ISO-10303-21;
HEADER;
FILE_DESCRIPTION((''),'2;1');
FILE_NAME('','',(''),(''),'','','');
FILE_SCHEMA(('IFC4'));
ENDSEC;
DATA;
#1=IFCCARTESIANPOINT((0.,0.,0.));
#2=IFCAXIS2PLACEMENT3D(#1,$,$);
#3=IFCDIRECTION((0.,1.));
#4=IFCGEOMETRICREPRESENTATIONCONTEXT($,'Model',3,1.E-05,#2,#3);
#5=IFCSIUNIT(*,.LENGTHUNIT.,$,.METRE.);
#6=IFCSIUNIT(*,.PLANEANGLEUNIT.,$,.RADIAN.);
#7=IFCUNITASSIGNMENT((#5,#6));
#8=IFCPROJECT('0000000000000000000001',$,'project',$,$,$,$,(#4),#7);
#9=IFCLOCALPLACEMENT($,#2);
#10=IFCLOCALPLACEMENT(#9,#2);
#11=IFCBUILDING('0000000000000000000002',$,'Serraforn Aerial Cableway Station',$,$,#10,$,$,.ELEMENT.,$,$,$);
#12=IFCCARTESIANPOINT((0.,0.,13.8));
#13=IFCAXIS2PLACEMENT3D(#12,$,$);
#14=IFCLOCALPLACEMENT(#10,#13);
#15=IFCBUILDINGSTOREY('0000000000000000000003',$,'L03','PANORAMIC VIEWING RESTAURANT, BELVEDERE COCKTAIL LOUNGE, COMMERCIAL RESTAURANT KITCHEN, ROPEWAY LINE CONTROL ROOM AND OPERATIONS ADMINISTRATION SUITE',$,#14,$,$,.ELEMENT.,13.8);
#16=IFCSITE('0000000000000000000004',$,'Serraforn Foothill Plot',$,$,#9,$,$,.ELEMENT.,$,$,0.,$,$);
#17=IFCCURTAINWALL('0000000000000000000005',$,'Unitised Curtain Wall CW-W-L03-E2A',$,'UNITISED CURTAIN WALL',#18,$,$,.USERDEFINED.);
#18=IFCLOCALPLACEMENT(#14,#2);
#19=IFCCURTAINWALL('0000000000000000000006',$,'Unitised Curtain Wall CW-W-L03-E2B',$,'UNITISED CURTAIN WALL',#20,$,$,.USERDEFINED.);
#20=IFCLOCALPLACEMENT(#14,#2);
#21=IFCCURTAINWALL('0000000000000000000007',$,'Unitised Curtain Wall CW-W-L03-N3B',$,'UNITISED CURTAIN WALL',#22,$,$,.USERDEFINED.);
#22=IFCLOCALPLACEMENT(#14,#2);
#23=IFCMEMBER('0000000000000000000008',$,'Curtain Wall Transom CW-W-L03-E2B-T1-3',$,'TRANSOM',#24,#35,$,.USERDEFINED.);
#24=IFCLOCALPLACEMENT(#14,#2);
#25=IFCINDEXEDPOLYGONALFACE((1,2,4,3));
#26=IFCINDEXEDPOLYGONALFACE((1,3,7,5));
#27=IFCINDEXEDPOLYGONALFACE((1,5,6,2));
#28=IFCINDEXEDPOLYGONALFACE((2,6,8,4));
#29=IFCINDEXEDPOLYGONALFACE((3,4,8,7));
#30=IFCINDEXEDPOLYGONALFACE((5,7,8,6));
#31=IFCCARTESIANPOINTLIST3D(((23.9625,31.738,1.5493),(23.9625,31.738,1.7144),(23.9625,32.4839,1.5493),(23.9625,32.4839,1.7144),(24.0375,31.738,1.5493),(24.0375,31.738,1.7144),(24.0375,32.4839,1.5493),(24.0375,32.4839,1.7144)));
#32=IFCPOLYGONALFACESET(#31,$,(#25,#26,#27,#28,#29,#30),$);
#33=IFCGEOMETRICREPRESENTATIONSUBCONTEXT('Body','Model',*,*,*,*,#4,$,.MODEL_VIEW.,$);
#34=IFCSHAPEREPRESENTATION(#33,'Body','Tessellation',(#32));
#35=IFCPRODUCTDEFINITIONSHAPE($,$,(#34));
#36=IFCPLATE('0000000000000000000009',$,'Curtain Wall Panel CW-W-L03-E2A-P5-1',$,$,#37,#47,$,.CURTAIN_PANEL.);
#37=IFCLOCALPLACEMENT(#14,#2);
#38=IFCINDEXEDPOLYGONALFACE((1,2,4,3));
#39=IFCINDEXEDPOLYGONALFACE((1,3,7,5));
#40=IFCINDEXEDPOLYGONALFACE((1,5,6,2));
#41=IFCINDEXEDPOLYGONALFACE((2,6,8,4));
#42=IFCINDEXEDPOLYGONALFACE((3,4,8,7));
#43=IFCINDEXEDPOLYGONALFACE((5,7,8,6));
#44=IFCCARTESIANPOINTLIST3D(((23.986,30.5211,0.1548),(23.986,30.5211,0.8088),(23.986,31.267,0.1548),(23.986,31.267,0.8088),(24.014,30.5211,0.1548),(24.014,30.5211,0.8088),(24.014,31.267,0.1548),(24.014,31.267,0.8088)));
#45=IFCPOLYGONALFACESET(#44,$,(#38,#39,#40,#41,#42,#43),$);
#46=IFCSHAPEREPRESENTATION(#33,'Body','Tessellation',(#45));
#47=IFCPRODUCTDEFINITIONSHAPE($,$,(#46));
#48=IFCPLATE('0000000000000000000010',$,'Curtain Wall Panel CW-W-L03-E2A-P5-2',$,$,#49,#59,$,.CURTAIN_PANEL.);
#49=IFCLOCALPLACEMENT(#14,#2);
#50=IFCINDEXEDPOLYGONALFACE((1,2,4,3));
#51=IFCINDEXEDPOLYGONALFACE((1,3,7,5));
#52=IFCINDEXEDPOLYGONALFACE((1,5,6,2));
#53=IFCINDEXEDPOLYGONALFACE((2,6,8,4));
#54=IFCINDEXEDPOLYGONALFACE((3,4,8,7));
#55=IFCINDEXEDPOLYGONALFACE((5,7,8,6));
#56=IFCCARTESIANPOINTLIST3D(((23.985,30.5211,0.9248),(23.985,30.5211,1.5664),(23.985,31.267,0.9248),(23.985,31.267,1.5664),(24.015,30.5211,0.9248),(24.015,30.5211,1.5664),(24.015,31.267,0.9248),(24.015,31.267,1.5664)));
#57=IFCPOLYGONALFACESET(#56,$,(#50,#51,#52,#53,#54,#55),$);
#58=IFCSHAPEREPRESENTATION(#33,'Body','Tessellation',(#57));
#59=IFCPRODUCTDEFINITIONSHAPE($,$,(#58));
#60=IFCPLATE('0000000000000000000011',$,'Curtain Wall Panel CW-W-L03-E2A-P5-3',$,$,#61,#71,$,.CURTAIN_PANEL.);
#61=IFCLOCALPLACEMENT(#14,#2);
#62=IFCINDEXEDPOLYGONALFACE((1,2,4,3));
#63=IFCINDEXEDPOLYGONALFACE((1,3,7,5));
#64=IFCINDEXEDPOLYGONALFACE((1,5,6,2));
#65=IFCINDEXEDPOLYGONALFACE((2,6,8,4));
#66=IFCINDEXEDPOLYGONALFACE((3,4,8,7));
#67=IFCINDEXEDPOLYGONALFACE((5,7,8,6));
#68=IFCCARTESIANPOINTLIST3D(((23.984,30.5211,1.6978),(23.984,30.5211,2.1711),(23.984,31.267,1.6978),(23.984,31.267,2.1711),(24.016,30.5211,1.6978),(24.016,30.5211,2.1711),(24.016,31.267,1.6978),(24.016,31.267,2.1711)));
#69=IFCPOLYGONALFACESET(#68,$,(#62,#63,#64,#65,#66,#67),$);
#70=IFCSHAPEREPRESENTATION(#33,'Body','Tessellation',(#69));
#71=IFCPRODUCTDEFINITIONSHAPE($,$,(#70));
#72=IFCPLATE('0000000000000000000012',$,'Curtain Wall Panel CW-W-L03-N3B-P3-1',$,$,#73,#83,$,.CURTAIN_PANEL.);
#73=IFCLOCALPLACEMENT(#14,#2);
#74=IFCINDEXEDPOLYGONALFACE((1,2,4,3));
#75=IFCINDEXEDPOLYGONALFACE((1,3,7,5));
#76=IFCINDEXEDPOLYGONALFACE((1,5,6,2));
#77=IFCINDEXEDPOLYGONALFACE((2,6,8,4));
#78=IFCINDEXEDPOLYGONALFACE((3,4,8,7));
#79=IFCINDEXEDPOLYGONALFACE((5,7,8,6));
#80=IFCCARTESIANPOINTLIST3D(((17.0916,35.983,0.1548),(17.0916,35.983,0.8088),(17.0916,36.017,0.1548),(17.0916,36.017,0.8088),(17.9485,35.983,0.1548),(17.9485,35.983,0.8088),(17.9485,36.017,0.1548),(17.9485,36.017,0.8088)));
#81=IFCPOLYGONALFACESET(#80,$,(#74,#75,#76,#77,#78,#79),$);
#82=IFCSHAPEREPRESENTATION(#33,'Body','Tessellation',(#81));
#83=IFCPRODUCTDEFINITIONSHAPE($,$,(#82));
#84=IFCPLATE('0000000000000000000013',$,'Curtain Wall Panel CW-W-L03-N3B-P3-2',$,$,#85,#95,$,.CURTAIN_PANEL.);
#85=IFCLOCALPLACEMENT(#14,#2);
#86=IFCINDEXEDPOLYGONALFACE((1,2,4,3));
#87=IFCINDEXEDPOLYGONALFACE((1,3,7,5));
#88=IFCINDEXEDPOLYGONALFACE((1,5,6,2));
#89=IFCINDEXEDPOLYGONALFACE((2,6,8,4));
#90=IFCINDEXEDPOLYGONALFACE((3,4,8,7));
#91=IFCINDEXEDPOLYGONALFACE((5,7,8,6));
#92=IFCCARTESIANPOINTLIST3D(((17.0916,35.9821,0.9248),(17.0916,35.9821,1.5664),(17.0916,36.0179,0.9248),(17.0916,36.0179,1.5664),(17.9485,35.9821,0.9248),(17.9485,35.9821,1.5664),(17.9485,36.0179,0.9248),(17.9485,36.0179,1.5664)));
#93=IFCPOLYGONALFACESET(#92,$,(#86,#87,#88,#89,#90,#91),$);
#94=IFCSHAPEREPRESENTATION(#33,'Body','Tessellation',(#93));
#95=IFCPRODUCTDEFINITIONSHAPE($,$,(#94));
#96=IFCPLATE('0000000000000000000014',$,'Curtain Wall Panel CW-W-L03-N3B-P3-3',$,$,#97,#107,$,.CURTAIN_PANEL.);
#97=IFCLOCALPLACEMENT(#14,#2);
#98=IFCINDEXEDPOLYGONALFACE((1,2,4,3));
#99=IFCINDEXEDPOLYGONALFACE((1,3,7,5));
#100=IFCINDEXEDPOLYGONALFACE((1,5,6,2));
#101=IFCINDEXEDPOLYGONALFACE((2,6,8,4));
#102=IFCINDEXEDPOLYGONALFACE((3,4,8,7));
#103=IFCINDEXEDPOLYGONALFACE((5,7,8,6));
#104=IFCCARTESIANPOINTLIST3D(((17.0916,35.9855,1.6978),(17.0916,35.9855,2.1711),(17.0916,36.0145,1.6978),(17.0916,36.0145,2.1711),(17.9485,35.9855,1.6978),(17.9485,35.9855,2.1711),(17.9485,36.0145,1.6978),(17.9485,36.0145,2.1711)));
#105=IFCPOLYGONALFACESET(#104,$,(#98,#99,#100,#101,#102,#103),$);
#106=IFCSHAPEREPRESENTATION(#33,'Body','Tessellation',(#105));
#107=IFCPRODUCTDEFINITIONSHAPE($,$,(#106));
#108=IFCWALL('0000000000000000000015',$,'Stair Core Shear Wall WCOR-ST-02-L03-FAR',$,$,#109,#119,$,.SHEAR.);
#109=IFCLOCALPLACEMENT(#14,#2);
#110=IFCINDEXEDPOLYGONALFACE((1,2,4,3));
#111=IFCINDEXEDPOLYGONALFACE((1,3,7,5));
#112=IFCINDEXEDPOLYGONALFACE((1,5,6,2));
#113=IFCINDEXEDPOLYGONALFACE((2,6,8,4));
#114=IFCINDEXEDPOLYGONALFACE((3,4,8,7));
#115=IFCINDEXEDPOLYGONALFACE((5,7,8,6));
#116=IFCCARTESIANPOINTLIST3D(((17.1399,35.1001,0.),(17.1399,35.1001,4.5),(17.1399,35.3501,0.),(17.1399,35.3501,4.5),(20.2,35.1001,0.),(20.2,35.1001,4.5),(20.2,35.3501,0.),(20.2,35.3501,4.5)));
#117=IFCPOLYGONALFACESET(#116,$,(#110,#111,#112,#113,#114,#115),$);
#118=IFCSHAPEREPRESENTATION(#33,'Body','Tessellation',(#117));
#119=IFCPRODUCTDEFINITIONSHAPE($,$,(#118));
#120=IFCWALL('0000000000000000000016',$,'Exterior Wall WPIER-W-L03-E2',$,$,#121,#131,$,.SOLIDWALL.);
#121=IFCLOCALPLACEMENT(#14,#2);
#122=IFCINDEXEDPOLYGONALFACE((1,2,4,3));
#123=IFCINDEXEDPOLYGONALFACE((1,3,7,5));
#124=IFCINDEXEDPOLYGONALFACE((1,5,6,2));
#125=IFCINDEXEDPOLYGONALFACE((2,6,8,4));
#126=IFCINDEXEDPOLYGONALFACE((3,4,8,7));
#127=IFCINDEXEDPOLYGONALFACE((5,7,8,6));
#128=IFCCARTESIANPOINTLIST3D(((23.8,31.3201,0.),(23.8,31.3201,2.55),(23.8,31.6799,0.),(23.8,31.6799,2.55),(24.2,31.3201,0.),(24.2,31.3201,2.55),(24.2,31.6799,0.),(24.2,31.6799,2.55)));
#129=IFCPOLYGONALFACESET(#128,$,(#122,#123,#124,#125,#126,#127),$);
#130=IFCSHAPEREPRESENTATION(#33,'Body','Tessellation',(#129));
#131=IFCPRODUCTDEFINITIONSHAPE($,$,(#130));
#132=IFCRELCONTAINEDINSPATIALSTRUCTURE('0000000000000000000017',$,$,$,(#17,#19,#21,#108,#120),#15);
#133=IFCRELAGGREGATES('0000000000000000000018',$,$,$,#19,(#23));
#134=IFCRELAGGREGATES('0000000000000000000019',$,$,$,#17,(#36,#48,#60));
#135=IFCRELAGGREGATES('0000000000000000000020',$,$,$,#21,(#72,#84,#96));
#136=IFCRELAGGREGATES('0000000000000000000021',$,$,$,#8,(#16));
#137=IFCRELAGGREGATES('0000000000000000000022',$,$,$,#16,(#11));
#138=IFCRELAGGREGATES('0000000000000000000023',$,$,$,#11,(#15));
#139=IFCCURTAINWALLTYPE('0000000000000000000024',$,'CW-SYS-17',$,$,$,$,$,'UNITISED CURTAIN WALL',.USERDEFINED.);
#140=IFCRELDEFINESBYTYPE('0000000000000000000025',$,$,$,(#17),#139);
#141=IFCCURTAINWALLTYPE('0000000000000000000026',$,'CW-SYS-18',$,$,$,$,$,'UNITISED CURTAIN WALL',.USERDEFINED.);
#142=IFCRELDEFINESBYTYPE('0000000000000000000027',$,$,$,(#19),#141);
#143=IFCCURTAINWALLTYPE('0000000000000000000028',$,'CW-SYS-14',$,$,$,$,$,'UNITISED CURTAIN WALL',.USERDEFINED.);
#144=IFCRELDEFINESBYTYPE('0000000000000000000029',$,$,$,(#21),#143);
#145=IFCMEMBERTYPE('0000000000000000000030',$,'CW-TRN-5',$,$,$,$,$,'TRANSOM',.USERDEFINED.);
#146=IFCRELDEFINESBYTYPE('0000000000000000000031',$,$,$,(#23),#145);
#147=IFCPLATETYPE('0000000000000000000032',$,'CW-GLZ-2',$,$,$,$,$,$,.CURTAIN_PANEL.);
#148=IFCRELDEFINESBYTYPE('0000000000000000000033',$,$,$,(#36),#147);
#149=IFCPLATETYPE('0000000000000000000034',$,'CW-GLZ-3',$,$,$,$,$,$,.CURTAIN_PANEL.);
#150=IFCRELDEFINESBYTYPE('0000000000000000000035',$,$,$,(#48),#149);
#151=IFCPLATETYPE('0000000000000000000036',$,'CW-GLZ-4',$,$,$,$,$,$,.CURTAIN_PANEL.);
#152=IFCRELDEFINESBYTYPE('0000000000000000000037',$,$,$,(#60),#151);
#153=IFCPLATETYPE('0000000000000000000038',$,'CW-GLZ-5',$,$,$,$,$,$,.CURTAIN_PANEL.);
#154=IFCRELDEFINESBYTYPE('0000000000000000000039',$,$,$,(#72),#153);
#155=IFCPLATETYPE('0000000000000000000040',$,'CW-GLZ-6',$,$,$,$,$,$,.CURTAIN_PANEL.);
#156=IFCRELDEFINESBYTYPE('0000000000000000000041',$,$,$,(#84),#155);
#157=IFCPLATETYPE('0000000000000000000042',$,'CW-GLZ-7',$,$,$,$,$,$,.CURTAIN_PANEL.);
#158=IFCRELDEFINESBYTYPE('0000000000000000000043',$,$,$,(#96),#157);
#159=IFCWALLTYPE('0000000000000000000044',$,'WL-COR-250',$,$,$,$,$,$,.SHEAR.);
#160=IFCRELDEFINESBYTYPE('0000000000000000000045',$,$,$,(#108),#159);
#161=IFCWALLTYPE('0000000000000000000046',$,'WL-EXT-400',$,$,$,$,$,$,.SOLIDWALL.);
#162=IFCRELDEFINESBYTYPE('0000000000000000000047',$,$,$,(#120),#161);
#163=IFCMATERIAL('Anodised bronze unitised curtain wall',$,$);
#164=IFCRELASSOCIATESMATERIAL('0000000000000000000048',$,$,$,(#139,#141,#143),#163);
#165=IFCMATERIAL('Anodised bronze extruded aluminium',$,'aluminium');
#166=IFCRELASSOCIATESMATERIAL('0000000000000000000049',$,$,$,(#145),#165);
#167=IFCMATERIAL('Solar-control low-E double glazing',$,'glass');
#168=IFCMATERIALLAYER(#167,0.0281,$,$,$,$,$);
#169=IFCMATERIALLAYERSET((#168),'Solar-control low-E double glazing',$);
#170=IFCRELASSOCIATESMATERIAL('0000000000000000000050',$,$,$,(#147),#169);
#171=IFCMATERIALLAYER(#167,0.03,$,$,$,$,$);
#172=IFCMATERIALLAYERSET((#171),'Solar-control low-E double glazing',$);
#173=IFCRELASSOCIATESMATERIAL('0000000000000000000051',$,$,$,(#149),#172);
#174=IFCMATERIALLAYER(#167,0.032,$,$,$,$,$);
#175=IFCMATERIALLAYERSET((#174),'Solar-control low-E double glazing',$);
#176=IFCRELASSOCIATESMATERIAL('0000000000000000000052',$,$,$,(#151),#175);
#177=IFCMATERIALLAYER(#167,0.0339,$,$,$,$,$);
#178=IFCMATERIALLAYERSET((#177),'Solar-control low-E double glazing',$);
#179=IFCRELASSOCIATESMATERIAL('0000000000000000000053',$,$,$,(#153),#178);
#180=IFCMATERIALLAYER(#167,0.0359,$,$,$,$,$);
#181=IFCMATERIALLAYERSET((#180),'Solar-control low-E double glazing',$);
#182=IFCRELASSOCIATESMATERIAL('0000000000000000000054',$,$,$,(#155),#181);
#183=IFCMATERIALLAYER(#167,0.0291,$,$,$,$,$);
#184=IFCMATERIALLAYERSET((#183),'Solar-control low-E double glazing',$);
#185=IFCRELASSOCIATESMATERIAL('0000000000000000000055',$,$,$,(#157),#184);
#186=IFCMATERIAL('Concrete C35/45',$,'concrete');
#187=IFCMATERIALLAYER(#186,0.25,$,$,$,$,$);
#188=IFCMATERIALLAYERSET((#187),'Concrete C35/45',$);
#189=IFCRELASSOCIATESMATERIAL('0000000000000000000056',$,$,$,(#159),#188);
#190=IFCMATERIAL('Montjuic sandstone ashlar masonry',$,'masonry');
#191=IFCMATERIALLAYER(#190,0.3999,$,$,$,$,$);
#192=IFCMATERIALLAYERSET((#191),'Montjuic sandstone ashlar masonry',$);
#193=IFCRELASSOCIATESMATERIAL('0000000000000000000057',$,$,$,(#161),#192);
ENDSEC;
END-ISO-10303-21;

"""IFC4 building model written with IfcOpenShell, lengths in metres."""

from ifc_helpers import new_model, si_unit, direction, frame, frame_2d, origin, origin_2d, place, context, subcontext, project, spatial, rectangle, extrude, material, layer, layer_set, material_profile, profile_set, type_object, element, aggregate, save


model = new_model("IFC4")

# Units and contexts
model_context = context("Model", 3, precision=1e-05, world=origin(), true_north=direction((0.0, 1.0)))
body_context = subcontext(model_context, "Body", "Model", "MODEL_VIEW")
ifc_project = project(units=[si_unit("LENGTHUNIT", "METRE"), si_unit("PLANEANGLEUNIT", "RADIAN")], contexts=[model_context])

# Site, building, storey
site_placement = place(None, origin())
site = spatial("IfcSite", under=ifc_project, at=site_placement, Name="Serraforn Foothill Plot", CompositionType="ELEMENT", RefElevation=0.0)
building_placement = place(site_placement, origin())
building = spatial("IfcBuilding", under=site, at=building_placement, Name="Serraforn Aerial Cableway Station", CompositionType="ELEMENT")
storey_placement = place(building_placement, frame((0.0, 0.0, 13.8)))
storey = spatial("IfcBuildingStorey", under=building, at=storey_placement, Name="L03", Description="PANORAMIC VIEWING RESTAURANT, BELVEDERE COCKTAIL LOUNGE, COMMERCIAL RESTAURANT KITCHEN, ROPEWAY LINE CONTROL ROOM AND OPERATIONS ADMINISTRATION SUITE", CompositionType="ELEMENT", Elevation=13.8)

# Curtain walls
ifc_material_1 = material(Name="Anodised bronze unitised curtain wall")
curtain_wall_type_1 = type_object("IfcCurtainWallType", Name="CW-SYS-17", ElementType="UNITISED CURTAIN WALL", PredefinedType="USERDEFINED", material=ifc_material_1)
curtain_wall_1_placement = place(storey_placement, origin())
curtain_wall_1 = element("IfcCurtainWall", 1, at=curtain_wall_1_placement, inside=storey, type_object=curtain_wall_type_1, Name="Unitised Curtain Wall CW-W-L03-E2A", ObjectType="UNITISED CURTAIN WALL", PredefinedType="USERDEFINED")
ifc_material_2 = material(Name="Anodised bronze extruded aluminium", Category="aluminium")
curtain_wall_type_2 = type_object("IfcCurtainWallType", Name="CW-SYS-18", ElementType="UNITISED CURTAIN WALL", PredefinedType="USERDEFINED", material=ifc_material_1)
curtain_wall_2_placement = place(storey_placement, origin())
curtain_wall_2 = element("IfcCurtainWall", 2, at=curtain_wall_2_placement, inside=storey, type_object=curtain_wall_type_2, Name="Unitised Curtain Wall CW-W-L03-E2B", ObjectType="UNITISED CURTAIN WALL", PredefinedType="USERDEFINED")
curtain_wall_type_3 = type_object("IfcCurtainWallType", Name="CW-SYS-14", ElementType="UNITISED CURTAIN WALL", PredefinedType="USERDEFINED", material=ifc_material_1)
curtain_wall_3_placement = place(storey_placement, origin())
curtain_wall_3 = element("IfcCurtainWall", 3, at=curtain_wall_3_placement, inside=storey, type_object=curtain_wall_type_3, Name="Unitised Curtain Wall CW-W-L03-N3B", ObjectType="UNITISED CURTAIN WALL", PredefinedType="USERDEFINED")

# Member
ifc_material_profile_1 = material_profile(ifc_material_2, rectangle(XDim=0.075, YDim=0.165, at=origin_2d()), Name="CW TRANSOM 75x165")
ifc_profile_set_1 = profile_set([ifc_material_profile_1], Name="Anodised bronze extruded aluminium")
member_type_1 = type_object("IfcMemberType", Name="CW-TRN-5", ElementType="TRANSOM", PredefinedType="USERDEFINED", material=ifc_profile_set_1)
member_1_placement = place(storey_placement, frame((24.0, 31.738, 1.6318), z_axis=(0.0, 1.0, 0.0), x_axis=(-1.0, 0.0, 0.0)))
member_1 = element("IfcMember", 4, at=member_1_placement, type_object=member_type_1, Name="Curtain Wall Transom CW-W-L03-E2B-T1-3", ObjectType="TRANSOM", PredefinedType="USERDEFINED", context=body_context, shape_type="SweptSolid", body=[
    extrude(rectangle(XDim=0.075, YDim=0.165, at=origin_2d()), origin(), (0.0, 0.0, 1.0), 0.7458),
])
aggregate(curtain_wall_2, [member_1])

# Plates
ifc_material_3 = material(Name="Solar-control low-E double glazing", Category="glass")
ifc_layer_1 = layer(ifc_material_3, 0.0281)
ifc_layer_set_1 = layer_set([ifc_layer_1], Name="Solar-control low-E double glazing")
plate_type_1 = type_object("IfcPlateType", Name="CW-GLZ-2", PredefinedType="CURTAIN_PANEL", material=ifc_layer_set_1)
plate_1_placement = place(storey_placement, frame((24.0, 30.894, 0.1548), z_axis=(0.0, 0.0, 1.0), x_axis=(1.0, 0.0, 0.0)))
plate_1 = element("IfcPlate", 5, at=plate_1_placement, type_object=plate_type_1, Name="Curtain Wall Panel CW-W-L03-E2A-P5-1", PredefinedType="CURTAIN_PANEL", context=body_context, shape_type="SweptSolid", body=[
    extrude(rectangle(XDim=0.0281, YDim=0.7458, at=origin_2d()), origin(), (0.0, 0.0, 1.0), 0.6541),
])
ifc_layer_2 = layer(ifc_material_3, 0.03)
ifc_layer_set_2 = layer_set([ifc_layer_2], Name="Solar-control low-E double glazing")
plate_type_2 = type_object("IfcPlateType", Name="CW-GLZ-3", PredefinedType="CURTAIN_PANEL", material=ifc_layer_set_2)
plate_2_placement = place(storey_placement, frame((24.0, 30.894, 0.9248), z_axis=(0.0, 0.0, 1.0), x_axis=(1.0, 0.0, 0.0)))
plate_2 = element("IfcPlate", 6, at=plate_2_placement, type_object=plate_type_2, Name="Curtain Wall Panel CW-W-L03-E2A-P5-2", PredefinedType="CURTAIN_PANEL", context=body_context, shape_type="SweptSolid", body=[
    extrude(rectangle(XDim=0.03, YDim=0.7458, at=origin_2d()), origin(), (0.0, 0.0, 1.0), 0.6416),
])
ifc_layer_3 = layer(ifc_material_3, 0.032)
ifc_layer_set_3 = layer_set([ifc_layer_3], Name="Solar-control low-E double glazing")
plate_type_3 = type_object("IfcPlateType", Name="CW-GLZ-4", PredefinedType="CURTAIN_PANEL", material=ifc_layer_set_3)
plate_3_placement = place(storey_placement, frame((24.0, 30.894, 1.6978), z_axis=(0.0, 0.0, 1.0), x_axis=(1.0, 0.0, 0.0)))
plate_3 = element("IfcPlate", 7, at=plate_3_placement, type_object=plate_type_3, Name="Curtain Wall Panel CW-W-L03-E2A-P5-3", PredefinedType="CURTAIN_PANEL", context=body_context, shape_type="SweptSolid", body=[
    extrude(rectangle(XDim=0.032, YDim=0.7458, at=origin_2d()), origin(), (0.0, 0.0, 1.0), 0.4734),
])
aggregate(curtain_wall_1, [plate_1, plate_2, plate_3])
ifc_layer_4 = layer(ifc_material_3, 0.0339)
ifc_layer_set_4 = layer_set([ifc_layer_4], Name="Solar-control low-E double glazing")
plate_type_4 = type_object("IfcPlateType", Name="CW-GLZ-5", PredefinedType="CURTAIN_PANEL", material=ifc_layer_set_4)
plate_4_placement = place(storey_placement, frame((17.52, 36.0, 0.1548), z_axis=(0.0, 0.0, 1.0), x_axis=(1.0, 0.0, 0.0)))
plate_4 = element("IfcPlate", 8, at=plate_4_placement, type_object=plate_type_4, Name="Curtain Wall Panel CW-W-L03-N3B-P3-1", PredefinedType="CURTAIN_PANEL", context=body_context, shape_type="SweptSolid", body=[
    extrude(rectangle(XDim=0.8569, YDim=0.0339, at=origin_2d()), origin(), (0.0, 0.0, 1.0), 0.6541),
])
ifc_layer_5 = layer(ifc_material_3, 0.0359)
ifc_layer_set_5 = layer_set([ifc_layer_5], Name="Solar-control low-E double glazing")
plate_type_5 = type_object("IfcPlateType", Name="CW-GLZ-6", PredefinedType="CURTAIN_PANEL", material=ifc_layer_set_5)
plate_5_placement = place(storey_placement, frame((17.52, 36.0, 0.9248), z_axis=(0.0, 0.0, 1.0), x_axis=(1.0, 0.0, 0.0)))
plate_5 = element("IfcPlate", 9, at=plate_5_placement, type_object=plate_type_5, Name="Curtain Wall Panel CW-W-L03-N3B-P3-2", PredefinedType="CURTAIN_PANEL", context=body_context, shape_type="SweptSolid", body=[
    extrude(rectangle(XDim=0.8569, YDim=0.0359, at=origin_2d()), origin(), (0.0, 0.0, 1.0), 0.6416),
])
ifc_layer_6 = layer(ifc_material_3, 0.0291)
ifc_layer_set_6 = layer_set([ifc_layer_6], Name="Solar-control low-E double glazing")
plate_type_6 = type_object("IfcPlateType", Name="CW-GLZ-7", PredefinedType="CURTAIN_PANEL", material=ifc_layer_set_6)
plate_6_placement = place(storey_placement, frame((17.52, 36.0, 1.6978), z_axis=(0.0, 0.0, 1.0), x_axis=(1.0, 0.0, 0.0)))
plate_6 = element("IfcPlate", 10, at=plate_6_placement, type_object=plate_type_6, Name="Curtain Wall Panel CW-W-L03-N3B-P3-3", PredefinedType="CURTAIN_PANEL", context=body_context, shape_type="SweptSolid", body=[
    extrude(rectangle(XDim=0.8569, YDim=0.0291, at=origin_2d()), origin(), (0.0, 0.0, 1.0), 0.4734),
])
aggregate(curtain_wall_3, [plate_4, plate_5, plate_6])

# Walls
ifc_material_4 = material(Name="Concrete C35/45", Category="concrete")
ifc_layer_7 = layer(ifc_material_4, 0.25)
ifc_layer_set_7 = layer_set([ifc_layer_7], Name="Concrete C35/45")
wall_type_1 = type_object("IfcWallType", Name="WL-COR-250", PredefinedType="SHEAR", material=ifc_layer_set_7)
wall_1_placement = place(storey_placement, frame((20.2, 35.2251, 0.0), z_axis=(0.0, 0.0, 1.0), x_axis=(-1.0, 0.0, 0.0)))
element("IfcWall", 11, at=wall_1_placement, inside=storey, type_object=wall_type_1, Name="Stair Core Shear Wall WCOR-ST-02-L03-FAR", PredefinedType="SHEAR", context=body_context, shape_type="SweptSolid", body=[
    extrude(rectangle(XDim=3.0601, YDim=0.25, at=frame_2d((1.53, 0.0))), origin(), (0.0, 0.0, 1.0), 4.5),
])
ifc_material_5 = material(Name="Montjuic sandstone ashlar masonry", Category="masonry")
ifc_layer_8 = layer(ifc_material_5, 0.3999)
ifc_layer_set_8 = layer_set([ifc_layer_8], Name="Montjuic sandstone ashlar masonry")
wall_type_2 = type_object("IfcWallType", Name="WL-EXT-400", PredefinedType="SOLIDWALL", material=ifc_layer_set_8)
wall_2_placement = place(storey_placement, frame((24.0, 31.3201, 0.0), z_axis=(0.0, 0.0, 1.0), x_axis=(0.0, 1.0, 0.0)))
element("IfcWall", 12, at=wall_2_placement, inside=storey, type_object=wall_type_2, Name="Exterior Wall WPIER-W-L03-E2", PredefinedType="SOLIDWALL", context=body_context, shape_type="SweptSolid", body=[
    extrude(rectangle(XDim=0.3599, YDim=0.3999, at=frame_2d((0.1799, 0.0))), origin(), (0.0, 0.0, 1.0), 2.55),
])

save(model, "model.ifc")
